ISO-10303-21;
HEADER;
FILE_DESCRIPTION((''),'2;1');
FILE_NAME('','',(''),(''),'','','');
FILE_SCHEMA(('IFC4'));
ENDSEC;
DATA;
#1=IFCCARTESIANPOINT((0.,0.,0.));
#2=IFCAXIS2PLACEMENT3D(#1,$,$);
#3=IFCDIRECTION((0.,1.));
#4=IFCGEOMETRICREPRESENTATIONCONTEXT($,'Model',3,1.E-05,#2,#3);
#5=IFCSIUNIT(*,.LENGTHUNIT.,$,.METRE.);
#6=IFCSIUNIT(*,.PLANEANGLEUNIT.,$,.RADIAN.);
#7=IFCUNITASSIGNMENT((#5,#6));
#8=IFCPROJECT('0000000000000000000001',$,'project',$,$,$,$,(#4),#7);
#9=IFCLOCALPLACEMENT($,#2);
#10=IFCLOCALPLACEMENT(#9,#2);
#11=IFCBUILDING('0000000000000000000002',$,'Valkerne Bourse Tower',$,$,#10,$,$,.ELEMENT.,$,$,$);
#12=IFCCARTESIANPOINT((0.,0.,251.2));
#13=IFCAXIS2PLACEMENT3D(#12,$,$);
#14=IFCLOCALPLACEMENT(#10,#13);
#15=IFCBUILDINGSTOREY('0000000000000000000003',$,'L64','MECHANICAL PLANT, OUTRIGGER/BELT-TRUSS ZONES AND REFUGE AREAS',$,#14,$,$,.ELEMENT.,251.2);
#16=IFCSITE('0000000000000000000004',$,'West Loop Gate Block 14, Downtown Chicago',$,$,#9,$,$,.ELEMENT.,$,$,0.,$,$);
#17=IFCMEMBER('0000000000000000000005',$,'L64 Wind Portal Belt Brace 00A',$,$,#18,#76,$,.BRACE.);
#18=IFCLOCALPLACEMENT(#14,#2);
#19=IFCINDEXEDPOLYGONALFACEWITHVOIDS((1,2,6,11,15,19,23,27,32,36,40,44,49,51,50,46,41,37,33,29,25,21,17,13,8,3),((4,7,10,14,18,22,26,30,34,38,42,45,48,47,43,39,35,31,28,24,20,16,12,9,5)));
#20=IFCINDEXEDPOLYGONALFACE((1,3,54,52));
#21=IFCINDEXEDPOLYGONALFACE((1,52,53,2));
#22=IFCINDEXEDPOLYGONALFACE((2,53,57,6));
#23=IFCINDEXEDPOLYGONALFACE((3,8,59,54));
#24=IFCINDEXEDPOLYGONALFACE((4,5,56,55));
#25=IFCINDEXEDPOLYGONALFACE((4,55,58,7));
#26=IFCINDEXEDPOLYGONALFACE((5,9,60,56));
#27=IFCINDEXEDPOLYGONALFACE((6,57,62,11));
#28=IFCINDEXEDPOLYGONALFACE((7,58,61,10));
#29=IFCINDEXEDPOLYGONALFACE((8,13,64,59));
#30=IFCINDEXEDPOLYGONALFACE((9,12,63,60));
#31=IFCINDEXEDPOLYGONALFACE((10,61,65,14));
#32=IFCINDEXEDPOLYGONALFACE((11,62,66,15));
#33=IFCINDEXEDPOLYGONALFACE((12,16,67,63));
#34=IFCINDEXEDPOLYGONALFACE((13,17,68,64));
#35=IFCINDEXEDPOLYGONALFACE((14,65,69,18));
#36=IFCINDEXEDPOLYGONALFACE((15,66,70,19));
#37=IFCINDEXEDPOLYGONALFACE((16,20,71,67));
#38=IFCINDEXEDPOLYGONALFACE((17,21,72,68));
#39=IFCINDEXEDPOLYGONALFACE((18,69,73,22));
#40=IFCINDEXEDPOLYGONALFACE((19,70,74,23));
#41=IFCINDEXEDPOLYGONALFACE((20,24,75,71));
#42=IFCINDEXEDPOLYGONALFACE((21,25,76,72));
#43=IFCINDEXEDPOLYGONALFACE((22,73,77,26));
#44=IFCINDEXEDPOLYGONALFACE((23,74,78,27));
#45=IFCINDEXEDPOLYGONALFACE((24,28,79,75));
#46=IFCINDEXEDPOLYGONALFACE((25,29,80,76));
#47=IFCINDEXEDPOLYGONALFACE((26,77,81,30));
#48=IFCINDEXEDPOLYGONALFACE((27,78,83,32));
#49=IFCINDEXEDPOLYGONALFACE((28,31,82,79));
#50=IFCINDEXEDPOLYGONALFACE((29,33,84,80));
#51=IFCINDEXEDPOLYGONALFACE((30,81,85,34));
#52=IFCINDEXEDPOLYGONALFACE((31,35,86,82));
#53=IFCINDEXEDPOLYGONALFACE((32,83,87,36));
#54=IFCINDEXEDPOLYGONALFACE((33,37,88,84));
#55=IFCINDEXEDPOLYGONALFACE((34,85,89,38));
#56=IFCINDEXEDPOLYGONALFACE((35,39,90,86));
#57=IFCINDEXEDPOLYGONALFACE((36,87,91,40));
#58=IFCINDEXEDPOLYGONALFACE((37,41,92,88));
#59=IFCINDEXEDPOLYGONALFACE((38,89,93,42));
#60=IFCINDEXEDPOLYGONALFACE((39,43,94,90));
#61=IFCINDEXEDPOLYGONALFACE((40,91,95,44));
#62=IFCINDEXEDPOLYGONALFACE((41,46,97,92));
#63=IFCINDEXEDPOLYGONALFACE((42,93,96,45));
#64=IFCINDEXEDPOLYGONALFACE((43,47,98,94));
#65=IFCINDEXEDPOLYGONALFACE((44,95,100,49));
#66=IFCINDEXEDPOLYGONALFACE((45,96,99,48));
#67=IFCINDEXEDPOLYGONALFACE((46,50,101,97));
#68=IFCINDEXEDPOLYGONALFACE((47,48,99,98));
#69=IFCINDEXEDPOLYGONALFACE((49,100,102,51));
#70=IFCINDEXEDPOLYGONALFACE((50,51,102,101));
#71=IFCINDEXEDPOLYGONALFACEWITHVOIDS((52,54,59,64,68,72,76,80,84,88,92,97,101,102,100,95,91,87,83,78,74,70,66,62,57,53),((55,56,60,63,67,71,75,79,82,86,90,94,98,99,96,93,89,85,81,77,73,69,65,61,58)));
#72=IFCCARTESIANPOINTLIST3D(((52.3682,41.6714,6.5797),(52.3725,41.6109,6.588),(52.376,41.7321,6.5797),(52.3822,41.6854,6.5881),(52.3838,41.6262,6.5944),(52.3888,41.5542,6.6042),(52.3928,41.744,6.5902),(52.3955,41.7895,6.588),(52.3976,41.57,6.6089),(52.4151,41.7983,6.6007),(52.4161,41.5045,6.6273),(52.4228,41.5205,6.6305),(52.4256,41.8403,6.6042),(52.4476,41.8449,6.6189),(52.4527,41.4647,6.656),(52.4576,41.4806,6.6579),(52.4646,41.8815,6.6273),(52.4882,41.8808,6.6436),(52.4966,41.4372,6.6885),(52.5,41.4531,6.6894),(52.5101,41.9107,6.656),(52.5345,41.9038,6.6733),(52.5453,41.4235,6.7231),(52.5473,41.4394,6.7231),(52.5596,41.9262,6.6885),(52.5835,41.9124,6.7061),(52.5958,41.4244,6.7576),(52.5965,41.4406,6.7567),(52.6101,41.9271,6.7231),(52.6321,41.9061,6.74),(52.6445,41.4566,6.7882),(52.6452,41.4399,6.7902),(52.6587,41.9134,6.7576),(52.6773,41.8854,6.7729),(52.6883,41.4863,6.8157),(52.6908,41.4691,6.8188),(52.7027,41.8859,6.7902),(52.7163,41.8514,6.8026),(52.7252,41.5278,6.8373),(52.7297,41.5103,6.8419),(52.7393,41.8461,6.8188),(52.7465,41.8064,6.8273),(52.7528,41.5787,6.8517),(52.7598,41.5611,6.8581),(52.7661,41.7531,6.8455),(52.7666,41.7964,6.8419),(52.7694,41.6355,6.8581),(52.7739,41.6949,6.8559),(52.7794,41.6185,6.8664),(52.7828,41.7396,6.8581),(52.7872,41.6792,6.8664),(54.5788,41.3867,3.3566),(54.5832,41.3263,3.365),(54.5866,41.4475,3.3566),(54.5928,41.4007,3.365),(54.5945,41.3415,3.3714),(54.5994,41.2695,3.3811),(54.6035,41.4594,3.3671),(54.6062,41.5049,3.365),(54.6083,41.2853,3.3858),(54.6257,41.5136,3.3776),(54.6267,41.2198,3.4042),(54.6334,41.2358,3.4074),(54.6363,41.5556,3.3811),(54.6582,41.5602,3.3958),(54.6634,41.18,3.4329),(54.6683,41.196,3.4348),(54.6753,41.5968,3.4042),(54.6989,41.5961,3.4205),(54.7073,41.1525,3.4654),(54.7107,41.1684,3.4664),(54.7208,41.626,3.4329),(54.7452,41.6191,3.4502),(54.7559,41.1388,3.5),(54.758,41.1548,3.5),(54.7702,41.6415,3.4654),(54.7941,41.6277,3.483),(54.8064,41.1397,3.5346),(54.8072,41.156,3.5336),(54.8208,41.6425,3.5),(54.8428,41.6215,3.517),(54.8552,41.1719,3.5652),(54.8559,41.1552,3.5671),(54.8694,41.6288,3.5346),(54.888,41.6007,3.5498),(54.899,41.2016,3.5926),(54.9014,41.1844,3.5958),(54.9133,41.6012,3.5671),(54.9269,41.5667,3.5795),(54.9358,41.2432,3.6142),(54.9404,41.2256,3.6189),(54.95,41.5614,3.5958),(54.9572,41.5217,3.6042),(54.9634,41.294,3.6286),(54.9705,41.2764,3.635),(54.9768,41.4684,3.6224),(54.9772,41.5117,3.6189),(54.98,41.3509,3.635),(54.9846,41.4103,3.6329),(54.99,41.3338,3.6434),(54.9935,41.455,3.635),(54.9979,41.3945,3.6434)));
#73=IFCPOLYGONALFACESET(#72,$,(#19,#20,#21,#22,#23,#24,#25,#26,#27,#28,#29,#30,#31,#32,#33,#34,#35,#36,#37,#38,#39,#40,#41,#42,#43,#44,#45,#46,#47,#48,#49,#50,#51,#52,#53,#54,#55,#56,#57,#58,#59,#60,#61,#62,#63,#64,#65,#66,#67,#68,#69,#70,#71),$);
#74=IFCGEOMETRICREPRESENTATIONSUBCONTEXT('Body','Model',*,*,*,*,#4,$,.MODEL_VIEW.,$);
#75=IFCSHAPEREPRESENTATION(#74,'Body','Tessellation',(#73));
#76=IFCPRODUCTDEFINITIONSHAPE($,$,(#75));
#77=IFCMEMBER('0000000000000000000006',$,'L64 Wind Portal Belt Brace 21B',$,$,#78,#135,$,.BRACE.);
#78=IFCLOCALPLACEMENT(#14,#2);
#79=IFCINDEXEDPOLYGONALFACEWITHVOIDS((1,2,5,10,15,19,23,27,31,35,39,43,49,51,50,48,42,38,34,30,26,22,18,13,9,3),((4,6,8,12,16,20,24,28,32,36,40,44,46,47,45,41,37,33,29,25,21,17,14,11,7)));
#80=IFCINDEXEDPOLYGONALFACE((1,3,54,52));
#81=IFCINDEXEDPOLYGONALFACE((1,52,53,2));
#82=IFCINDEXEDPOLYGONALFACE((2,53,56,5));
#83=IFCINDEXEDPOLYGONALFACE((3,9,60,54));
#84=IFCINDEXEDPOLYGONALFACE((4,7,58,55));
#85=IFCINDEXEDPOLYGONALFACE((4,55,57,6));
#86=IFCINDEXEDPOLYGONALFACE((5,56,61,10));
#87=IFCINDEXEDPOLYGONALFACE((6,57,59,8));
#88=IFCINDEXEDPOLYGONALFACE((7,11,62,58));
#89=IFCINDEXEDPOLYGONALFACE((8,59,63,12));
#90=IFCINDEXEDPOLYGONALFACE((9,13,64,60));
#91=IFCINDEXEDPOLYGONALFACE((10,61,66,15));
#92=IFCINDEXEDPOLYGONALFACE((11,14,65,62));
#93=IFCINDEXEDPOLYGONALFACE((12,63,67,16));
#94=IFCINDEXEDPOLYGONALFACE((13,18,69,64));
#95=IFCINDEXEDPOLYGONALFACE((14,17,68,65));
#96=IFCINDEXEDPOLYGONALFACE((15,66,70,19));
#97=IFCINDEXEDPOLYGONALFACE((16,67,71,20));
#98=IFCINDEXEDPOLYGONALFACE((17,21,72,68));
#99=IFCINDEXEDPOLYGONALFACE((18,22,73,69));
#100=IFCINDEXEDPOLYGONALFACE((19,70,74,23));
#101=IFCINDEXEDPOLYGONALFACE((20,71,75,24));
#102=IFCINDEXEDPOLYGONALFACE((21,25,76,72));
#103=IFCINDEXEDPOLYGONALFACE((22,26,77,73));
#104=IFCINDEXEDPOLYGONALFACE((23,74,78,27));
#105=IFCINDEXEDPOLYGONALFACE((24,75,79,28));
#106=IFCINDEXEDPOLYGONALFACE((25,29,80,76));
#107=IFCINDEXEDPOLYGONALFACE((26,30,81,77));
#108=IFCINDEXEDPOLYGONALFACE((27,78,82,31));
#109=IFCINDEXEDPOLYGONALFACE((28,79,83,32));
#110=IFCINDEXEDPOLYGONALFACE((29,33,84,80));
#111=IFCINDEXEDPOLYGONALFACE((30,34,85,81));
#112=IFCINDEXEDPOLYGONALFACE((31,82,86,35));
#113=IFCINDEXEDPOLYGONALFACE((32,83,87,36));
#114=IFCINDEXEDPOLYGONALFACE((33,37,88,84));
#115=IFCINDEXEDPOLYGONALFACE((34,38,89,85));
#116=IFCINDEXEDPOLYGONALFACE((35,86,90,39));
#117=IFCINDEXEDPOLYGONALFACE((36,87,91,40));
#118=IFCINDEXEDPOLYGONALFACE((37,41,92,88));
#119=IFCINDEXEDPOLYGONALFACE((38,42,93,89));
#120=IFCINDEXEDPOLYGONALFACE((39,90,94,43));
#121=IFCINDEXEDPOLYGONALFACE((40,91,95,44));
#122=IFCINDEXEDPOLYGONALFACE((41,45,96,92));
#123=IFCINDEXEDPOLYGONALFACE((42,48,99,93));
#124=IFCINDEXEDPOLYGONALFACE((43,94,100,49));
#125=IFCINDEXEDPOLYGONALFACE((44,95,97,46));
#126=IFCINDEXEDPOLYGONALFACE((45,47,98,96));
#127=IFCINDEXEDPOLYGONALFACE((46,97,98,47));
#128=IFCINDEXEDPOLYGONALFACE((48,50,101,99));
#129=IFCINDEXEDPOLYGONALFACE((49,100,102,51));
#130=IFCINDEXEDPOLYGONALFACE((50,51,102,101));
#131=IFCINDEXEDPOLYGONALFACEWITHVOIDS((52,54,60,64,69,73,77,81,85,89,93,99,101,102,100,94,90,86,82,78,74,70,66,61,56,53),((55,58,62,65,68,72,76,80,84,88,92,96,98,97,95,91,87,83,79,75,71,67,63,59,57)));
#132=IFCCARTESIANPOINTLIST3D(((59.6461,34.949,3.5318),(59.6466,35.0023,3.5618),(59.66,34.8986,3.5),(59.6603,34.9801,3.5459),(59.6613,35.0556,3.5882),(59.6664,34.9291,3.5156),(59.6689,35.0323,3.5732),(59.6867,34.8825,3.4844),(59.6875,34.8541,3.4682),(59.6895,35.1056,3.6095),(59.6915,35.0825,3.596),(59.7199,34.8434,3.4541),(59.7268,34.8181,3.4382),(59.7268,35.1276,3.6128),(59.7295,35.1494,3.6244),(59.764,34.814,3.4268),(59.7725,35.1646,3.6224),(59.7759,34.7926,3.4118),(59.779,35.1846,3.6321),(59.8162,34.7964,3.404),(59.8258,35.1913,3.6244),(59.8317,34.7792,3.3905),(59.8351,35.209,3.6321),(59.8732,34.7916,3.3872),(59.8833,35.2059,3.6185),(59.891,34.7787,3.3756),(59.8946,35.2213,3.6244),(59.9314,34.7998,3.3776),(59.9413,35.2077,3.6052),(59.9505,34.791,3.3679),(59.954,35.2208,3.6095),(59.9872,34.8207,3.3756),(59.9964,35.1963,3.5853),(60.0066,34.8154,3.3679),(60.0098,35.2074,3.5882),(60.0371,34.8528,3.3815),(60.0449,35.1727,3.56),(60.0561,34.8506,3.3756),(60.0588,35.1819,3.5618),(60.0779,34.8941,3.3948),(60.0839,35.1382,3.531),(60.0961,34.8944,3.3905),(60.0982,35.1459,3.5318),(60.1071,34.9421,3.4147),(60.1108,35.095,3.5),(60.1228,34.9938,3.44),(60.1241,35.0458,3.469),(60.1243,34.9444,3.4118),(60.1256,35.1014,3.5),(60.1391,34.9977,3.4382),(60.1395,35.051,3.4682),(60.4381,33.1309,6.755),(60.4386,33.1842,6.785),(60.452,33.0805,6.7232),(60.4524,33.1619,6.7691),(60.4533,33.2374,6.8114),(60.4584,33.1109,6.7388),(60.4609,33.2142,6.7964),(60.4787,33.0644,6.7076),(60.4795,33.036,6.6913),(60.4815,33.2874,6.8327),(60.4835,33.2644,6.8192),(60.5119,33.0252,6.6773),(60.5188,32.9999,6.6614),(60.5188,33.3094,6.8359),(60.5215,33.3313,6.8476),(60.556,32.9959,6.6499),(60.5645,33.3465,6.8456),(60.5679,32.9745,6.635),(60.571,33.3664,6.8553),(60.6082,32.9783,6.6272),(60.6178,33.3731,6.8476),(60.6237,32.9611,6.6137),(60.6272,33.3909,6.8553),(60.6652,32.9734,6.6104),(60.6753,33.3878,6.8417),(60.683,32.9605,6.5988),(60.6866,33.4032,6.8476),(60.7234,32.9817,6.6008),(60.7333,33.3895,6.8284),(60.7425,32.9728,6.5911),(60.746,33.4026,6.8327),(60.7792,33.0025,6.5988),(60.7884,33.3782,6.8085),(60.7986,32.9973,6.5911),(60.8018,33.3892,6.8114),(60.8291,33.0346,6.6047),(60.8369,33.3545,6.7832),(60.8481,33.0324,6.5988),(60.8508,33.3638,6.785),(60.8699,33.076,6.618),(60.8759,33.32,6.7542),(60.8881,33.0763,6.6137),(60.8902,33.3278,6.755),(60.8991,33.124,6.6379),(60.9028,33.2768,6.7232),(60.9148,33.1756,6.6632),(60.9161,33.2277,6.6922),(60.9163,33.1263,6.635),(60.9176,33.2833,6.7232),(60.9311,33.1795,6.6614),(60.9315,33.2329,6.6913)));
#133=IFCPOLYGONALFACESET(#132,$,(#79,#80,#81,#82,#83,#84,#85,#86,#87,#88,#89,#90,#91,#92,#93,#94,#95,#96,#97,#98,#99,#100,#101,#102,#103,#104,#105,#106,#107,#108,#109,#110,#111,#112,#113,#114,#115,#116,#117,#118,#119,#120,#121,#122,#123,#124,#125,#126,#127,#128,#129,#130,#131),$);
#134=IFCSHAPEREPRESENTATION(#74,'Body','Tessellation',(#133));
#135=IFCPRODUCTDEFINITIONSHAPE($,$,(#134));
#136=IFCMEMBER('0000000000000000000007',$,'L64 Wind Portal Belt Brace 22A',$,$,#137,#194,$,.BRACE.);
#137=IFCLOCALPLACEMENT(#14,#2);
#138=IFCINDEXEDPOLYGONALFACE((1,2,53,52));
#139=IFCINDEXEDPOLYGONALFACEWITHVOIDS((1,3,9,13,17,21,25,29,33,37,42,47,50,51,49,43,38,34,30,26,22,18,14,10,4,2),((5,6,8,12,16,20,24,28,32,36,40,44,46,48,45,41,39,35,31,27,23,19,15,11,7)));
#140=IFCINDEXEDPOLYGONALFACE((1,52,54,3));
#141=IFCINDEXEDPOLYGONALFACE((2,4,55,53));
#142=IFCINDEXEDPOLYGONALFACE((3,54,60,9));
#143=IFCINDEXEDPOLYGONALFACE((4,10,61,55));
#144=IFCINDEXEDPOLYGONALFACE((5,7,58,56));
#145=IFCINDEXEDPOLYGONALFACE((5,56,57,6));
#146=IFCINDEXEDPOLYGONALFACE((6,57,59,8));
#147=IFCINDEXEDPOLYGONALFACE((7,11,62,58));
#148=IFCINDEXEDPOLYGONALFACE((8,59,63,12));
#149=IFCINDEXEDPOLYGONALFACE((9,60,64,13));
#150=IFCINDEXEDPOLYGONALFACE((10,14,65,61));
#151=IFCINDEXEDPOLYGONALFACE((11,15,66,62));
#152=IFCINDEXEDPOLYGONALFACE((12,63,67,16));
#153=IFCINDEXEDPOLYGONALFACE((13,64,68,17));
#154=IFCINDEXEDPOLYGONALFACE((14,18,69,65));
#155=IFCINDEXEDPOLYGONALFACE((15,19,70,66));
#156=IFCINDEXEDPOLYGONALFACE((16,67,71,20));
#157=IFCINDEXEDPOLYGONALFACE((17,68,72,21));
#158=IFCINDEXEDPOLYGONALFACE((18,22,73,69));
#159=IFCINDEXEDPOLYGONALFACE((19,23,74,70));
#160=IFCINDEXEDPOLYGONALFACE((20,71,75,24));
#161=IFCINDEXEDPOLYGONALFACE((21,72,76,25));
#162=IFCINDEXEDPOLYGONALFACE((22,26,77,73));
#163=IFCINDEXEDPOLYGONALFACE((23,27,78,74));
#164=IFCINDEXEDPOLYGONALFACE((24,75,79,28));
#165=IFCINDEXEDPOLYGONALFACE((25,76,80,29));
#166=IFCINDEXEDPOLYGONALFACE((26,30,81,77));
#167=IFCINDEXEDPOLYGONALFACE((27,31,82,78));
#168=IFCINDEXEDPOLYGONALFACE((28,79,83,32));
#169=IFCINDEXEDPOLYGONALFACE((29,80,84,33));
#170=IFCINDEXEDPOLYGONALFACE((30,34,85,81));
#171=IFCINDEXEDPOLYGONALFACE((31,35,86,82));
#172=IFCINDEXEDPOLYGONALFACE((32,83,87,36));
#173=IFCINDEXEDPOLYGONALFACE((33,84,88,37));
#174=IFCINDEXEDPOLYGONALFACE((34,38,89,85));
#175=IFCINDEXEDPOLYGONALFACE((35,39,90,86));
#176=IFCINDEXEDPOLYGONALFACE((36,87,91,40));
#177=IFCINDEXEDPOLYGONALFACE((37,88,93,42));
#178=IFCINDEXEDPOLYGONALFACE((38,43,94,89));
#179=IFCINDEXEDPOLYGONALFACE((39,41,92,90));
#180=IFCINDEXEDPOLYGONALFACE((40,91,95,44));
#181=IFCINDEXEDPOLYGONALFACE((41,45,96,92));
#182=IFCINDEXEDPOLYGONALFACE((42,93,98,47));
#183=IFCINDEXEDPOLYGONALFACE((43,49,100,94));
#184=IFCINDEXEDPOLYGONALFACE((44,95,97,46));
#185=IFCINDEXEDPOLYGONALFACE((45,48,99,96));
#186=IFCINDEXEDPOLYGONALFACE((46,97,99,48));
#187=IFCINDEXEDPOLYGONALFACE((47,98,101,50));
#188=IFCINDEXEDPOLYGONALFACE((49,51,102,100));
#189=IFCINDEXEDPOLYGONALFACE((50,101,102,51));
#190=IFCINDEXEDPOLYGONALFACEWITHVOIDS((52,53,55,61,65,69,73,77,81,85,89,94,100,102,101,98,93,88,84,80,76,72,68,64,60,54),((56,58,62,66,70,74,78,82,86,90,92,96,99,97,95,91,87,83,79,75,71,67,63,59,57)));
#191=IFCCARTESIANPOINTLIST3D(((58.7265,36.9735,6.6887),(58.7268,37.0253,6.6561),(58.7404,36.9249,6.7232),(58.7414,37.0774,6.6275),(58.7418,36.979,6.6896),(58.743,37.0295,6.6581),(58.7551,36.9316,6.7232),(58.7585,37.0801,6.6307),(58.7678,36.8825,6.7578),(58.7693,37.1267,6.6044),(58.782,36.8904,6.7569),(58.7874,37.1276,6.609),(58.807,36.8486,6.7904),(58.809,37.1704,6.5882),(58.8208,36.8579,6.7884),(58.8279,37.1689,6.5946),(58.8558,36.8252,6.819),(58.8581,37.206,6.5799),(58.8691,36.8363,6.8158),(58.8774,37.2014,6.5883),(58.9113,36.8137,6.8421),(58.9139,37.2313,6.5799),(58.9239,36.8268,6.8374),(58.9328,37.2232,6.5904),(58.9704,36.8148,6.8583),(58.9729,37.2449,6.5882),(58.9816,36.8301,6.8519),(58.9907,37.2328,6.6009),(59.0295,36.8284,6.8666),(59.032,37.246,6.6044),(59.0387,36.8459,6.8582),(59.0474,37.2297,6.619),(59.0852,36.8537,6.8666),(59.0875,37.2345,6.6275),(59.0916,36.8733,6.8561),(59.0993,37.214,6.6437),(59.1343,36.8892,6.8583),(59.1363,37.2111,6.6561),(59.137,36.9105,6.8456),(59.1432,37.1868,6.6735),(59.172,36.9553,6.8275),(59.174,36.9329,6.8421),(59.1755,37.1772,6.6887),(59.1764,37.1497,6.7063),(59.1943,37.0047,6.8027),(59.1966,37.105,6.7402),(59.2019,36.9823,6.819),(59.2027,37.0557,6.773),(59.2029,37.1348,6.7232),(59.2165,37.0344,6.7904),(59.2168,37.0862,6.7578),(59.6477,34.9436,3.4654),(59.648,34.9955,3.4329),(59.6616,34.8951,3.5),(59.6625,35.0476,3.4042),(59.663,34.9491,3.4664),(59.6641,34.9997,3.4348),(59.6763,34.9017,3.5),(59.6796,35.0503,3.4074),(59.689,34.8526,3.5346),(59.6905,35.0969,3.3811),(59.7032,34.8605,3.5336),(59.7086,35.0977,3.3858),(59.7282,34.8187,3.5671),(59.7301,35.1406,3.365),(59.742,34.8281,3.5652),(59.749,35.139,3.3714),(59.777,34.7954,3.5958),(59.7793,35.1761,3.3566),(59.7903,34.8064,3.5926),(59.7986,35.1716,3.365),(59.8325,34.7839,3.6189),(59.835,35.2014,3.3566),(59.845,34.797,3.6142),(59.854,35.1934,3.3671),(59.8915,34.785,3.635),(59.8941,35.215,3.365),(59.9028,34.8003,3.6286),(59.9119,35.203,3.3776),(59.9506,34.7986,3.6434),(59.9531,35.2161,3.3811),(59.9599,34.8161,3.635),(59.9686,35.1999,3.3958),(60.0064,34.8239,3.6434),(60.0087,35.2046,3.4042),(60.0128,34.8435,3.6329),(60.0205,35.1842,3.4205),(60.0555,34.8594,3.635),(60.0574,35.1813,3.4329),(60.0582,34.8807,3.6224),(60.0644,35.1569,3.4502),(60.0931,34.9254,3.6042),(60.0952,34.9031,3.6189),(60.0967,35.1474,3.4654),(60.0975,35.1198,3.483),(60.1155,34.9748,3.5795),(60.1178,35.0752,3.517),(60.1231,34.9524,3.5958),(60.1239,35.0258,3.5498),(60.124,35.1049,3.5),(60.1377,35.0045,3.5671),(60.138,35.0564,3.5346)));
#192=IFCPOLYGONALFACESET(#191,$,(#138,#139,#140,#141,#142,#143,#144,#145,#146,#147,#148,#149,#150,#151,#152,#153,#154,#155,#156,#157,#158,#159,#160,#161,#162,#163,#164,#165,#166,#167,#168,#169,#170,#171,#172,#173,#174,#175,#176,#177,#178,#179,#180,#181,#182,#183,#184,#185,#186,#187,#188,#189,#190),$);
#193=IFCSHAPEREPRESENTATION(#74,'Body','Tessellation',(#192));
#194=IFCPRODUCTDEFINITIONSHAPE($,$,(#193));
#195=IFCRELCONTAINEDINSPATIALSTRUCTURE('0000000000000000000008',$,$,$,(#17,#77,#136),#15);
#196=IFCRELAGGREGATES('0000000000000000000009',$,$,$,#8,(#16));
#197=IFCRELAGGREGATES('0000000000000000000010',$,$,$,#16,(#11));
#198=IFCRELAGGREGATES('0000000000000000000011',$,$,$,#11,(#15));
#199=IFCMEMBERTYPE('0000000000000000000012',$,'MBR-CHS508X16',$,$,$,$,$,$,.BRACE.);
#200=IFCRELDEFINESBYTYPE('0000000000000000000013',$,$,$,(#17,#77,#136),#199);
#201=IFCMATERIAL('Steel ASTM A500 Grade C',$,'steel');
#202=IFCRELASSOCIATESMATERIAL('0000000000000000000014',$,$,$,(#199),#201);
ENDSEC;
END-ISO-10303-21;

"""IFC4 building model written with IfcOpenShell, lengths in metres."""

from ifc_helpers import new_model, si_unit, direction, frame, origin, origin_2d, place, context, subcontext, project, spatial, hollow_circle, extrude, material, material_profile, profile_set, type_object, element, save


model = new_model("IFC4")

# Units and contexts
model_context = context("Model", 3, precision=1e-05, world=origin(), true_north=direction((0.0, 1.0)))
body_context = subcontext(model_context, "Body", "Model", "MODEL_VIEW")
ifc_project = project(units=[si_unit("LENGTHUNIT", "METRE"), si_unit("PLANEANGLEUNIT", "RADIAN")], contexts=[model_context])

# Site, building, storey
site_placement = place(None, origin())
site = spatial("IfcSite", under=ifc_project, at=site_placement, Name="West Loop Gate Block 14, Downtown Chicago", CompositionType="ELEMENT", RefElevation=0.0)
building_placement = place(site_placement, origin())
building = spatial("IfcBuilding", under=site, at=building_placement, Name="Valkerne Bourse Tower", CompositionType="ELEMENT")
storey_placement = place(building_placement, frame((0.0, 0.0, 251.2)))
storey = spatial("IfcBuildingStorey", under=building, at=storey_placement, Name="L64", Description="MECHANICAL PLANT, OUTRIGGER/BELT-TRUSS ZONES AND REFUGE AREAS", CompositionType="ELEMENT", Elevation=251.2)

# Members
ifc_material_1 = material(Name="Steel ASTM A500 Grade C", Category="steel")
ifc_material_profile_1 = material_profile(ifc_material_1, hollow_circle(Radius=0.2539, WallThickness=0.0161, at=origin_2d()), Name="CHS508X16")
ifc_profile_set_1 = profile_set([ifc_material_profile_1], Name="Steel ASTM A500 Grade C")
member_type_1 = type_object("IfcMemberType", Name="MBR-CHS508X16", PredefinedType="BRACE", material=ifc_profile_set_1)
member_1_placement = place(storey_placement, frame((54.7883, 41.3906, 3.5), z_axis=(-0.564127, 0.072642, 0.822486), x_axis=(-0.127714, -0.991811, 0.0)))
element("IfcMember", 1, at=member_1_placement, inside=storey, type_object=member_type_1, Name="L64 Wind Portal Belt Brace 00A", PredefinedType="BRACE", context=body_context, shape_type="SweptSolid", body=[
    extrude(hollow_circle(Radius=0.2539, WallThickness=0.0161, at=origin_2d()), origin(), (0.0, 0.0, 1.0), 3.9187),
])
member_2_placement = place(storey_placement, frame((59.8928, 35.0, 3.5), z_axis=(0.20928, -0.480427, 0.851699), x_axis=(0.916792, 0.399365, 0.0)))
element("IfcMember", 2, at=member_2_placement, inside=storey, type_object=member_type_1, Name="L64 Wind Portal Belt Brace 21B", PredefinedType="BRACE", context=body_context, shape_type="SweptSolid", body=[
    extrude(hollow_circle(Radius=0.2539, WallThickness=0.0161, at=origin_2d()), origin(), (0.0, 0.0, 1.0), 3.7844),
])
member_3_placement = place(storey_placement, frame((59.8928, 35.0, 3.5), z_axis=(-0.235056, 0.517958, 0.822477), x_axis=(-0.910618, -0.41325, 0.0)))
element("IfcMember", 3, at=member_3_placement, inside=storey, type_object=member_type_1, Name="L64 Wind Portal Belt Brace 22A", PredefinedType="BRACE", context=body_context, shape_type="SweptSolid", body=[
    extrude(hollow_circle(Radius=0.2539, WallThickness=0.0161, at=origin_2d()), origin(), (0.0, 0.0, 1.0), 3.9189),
])

save(model, "model.ifc")
